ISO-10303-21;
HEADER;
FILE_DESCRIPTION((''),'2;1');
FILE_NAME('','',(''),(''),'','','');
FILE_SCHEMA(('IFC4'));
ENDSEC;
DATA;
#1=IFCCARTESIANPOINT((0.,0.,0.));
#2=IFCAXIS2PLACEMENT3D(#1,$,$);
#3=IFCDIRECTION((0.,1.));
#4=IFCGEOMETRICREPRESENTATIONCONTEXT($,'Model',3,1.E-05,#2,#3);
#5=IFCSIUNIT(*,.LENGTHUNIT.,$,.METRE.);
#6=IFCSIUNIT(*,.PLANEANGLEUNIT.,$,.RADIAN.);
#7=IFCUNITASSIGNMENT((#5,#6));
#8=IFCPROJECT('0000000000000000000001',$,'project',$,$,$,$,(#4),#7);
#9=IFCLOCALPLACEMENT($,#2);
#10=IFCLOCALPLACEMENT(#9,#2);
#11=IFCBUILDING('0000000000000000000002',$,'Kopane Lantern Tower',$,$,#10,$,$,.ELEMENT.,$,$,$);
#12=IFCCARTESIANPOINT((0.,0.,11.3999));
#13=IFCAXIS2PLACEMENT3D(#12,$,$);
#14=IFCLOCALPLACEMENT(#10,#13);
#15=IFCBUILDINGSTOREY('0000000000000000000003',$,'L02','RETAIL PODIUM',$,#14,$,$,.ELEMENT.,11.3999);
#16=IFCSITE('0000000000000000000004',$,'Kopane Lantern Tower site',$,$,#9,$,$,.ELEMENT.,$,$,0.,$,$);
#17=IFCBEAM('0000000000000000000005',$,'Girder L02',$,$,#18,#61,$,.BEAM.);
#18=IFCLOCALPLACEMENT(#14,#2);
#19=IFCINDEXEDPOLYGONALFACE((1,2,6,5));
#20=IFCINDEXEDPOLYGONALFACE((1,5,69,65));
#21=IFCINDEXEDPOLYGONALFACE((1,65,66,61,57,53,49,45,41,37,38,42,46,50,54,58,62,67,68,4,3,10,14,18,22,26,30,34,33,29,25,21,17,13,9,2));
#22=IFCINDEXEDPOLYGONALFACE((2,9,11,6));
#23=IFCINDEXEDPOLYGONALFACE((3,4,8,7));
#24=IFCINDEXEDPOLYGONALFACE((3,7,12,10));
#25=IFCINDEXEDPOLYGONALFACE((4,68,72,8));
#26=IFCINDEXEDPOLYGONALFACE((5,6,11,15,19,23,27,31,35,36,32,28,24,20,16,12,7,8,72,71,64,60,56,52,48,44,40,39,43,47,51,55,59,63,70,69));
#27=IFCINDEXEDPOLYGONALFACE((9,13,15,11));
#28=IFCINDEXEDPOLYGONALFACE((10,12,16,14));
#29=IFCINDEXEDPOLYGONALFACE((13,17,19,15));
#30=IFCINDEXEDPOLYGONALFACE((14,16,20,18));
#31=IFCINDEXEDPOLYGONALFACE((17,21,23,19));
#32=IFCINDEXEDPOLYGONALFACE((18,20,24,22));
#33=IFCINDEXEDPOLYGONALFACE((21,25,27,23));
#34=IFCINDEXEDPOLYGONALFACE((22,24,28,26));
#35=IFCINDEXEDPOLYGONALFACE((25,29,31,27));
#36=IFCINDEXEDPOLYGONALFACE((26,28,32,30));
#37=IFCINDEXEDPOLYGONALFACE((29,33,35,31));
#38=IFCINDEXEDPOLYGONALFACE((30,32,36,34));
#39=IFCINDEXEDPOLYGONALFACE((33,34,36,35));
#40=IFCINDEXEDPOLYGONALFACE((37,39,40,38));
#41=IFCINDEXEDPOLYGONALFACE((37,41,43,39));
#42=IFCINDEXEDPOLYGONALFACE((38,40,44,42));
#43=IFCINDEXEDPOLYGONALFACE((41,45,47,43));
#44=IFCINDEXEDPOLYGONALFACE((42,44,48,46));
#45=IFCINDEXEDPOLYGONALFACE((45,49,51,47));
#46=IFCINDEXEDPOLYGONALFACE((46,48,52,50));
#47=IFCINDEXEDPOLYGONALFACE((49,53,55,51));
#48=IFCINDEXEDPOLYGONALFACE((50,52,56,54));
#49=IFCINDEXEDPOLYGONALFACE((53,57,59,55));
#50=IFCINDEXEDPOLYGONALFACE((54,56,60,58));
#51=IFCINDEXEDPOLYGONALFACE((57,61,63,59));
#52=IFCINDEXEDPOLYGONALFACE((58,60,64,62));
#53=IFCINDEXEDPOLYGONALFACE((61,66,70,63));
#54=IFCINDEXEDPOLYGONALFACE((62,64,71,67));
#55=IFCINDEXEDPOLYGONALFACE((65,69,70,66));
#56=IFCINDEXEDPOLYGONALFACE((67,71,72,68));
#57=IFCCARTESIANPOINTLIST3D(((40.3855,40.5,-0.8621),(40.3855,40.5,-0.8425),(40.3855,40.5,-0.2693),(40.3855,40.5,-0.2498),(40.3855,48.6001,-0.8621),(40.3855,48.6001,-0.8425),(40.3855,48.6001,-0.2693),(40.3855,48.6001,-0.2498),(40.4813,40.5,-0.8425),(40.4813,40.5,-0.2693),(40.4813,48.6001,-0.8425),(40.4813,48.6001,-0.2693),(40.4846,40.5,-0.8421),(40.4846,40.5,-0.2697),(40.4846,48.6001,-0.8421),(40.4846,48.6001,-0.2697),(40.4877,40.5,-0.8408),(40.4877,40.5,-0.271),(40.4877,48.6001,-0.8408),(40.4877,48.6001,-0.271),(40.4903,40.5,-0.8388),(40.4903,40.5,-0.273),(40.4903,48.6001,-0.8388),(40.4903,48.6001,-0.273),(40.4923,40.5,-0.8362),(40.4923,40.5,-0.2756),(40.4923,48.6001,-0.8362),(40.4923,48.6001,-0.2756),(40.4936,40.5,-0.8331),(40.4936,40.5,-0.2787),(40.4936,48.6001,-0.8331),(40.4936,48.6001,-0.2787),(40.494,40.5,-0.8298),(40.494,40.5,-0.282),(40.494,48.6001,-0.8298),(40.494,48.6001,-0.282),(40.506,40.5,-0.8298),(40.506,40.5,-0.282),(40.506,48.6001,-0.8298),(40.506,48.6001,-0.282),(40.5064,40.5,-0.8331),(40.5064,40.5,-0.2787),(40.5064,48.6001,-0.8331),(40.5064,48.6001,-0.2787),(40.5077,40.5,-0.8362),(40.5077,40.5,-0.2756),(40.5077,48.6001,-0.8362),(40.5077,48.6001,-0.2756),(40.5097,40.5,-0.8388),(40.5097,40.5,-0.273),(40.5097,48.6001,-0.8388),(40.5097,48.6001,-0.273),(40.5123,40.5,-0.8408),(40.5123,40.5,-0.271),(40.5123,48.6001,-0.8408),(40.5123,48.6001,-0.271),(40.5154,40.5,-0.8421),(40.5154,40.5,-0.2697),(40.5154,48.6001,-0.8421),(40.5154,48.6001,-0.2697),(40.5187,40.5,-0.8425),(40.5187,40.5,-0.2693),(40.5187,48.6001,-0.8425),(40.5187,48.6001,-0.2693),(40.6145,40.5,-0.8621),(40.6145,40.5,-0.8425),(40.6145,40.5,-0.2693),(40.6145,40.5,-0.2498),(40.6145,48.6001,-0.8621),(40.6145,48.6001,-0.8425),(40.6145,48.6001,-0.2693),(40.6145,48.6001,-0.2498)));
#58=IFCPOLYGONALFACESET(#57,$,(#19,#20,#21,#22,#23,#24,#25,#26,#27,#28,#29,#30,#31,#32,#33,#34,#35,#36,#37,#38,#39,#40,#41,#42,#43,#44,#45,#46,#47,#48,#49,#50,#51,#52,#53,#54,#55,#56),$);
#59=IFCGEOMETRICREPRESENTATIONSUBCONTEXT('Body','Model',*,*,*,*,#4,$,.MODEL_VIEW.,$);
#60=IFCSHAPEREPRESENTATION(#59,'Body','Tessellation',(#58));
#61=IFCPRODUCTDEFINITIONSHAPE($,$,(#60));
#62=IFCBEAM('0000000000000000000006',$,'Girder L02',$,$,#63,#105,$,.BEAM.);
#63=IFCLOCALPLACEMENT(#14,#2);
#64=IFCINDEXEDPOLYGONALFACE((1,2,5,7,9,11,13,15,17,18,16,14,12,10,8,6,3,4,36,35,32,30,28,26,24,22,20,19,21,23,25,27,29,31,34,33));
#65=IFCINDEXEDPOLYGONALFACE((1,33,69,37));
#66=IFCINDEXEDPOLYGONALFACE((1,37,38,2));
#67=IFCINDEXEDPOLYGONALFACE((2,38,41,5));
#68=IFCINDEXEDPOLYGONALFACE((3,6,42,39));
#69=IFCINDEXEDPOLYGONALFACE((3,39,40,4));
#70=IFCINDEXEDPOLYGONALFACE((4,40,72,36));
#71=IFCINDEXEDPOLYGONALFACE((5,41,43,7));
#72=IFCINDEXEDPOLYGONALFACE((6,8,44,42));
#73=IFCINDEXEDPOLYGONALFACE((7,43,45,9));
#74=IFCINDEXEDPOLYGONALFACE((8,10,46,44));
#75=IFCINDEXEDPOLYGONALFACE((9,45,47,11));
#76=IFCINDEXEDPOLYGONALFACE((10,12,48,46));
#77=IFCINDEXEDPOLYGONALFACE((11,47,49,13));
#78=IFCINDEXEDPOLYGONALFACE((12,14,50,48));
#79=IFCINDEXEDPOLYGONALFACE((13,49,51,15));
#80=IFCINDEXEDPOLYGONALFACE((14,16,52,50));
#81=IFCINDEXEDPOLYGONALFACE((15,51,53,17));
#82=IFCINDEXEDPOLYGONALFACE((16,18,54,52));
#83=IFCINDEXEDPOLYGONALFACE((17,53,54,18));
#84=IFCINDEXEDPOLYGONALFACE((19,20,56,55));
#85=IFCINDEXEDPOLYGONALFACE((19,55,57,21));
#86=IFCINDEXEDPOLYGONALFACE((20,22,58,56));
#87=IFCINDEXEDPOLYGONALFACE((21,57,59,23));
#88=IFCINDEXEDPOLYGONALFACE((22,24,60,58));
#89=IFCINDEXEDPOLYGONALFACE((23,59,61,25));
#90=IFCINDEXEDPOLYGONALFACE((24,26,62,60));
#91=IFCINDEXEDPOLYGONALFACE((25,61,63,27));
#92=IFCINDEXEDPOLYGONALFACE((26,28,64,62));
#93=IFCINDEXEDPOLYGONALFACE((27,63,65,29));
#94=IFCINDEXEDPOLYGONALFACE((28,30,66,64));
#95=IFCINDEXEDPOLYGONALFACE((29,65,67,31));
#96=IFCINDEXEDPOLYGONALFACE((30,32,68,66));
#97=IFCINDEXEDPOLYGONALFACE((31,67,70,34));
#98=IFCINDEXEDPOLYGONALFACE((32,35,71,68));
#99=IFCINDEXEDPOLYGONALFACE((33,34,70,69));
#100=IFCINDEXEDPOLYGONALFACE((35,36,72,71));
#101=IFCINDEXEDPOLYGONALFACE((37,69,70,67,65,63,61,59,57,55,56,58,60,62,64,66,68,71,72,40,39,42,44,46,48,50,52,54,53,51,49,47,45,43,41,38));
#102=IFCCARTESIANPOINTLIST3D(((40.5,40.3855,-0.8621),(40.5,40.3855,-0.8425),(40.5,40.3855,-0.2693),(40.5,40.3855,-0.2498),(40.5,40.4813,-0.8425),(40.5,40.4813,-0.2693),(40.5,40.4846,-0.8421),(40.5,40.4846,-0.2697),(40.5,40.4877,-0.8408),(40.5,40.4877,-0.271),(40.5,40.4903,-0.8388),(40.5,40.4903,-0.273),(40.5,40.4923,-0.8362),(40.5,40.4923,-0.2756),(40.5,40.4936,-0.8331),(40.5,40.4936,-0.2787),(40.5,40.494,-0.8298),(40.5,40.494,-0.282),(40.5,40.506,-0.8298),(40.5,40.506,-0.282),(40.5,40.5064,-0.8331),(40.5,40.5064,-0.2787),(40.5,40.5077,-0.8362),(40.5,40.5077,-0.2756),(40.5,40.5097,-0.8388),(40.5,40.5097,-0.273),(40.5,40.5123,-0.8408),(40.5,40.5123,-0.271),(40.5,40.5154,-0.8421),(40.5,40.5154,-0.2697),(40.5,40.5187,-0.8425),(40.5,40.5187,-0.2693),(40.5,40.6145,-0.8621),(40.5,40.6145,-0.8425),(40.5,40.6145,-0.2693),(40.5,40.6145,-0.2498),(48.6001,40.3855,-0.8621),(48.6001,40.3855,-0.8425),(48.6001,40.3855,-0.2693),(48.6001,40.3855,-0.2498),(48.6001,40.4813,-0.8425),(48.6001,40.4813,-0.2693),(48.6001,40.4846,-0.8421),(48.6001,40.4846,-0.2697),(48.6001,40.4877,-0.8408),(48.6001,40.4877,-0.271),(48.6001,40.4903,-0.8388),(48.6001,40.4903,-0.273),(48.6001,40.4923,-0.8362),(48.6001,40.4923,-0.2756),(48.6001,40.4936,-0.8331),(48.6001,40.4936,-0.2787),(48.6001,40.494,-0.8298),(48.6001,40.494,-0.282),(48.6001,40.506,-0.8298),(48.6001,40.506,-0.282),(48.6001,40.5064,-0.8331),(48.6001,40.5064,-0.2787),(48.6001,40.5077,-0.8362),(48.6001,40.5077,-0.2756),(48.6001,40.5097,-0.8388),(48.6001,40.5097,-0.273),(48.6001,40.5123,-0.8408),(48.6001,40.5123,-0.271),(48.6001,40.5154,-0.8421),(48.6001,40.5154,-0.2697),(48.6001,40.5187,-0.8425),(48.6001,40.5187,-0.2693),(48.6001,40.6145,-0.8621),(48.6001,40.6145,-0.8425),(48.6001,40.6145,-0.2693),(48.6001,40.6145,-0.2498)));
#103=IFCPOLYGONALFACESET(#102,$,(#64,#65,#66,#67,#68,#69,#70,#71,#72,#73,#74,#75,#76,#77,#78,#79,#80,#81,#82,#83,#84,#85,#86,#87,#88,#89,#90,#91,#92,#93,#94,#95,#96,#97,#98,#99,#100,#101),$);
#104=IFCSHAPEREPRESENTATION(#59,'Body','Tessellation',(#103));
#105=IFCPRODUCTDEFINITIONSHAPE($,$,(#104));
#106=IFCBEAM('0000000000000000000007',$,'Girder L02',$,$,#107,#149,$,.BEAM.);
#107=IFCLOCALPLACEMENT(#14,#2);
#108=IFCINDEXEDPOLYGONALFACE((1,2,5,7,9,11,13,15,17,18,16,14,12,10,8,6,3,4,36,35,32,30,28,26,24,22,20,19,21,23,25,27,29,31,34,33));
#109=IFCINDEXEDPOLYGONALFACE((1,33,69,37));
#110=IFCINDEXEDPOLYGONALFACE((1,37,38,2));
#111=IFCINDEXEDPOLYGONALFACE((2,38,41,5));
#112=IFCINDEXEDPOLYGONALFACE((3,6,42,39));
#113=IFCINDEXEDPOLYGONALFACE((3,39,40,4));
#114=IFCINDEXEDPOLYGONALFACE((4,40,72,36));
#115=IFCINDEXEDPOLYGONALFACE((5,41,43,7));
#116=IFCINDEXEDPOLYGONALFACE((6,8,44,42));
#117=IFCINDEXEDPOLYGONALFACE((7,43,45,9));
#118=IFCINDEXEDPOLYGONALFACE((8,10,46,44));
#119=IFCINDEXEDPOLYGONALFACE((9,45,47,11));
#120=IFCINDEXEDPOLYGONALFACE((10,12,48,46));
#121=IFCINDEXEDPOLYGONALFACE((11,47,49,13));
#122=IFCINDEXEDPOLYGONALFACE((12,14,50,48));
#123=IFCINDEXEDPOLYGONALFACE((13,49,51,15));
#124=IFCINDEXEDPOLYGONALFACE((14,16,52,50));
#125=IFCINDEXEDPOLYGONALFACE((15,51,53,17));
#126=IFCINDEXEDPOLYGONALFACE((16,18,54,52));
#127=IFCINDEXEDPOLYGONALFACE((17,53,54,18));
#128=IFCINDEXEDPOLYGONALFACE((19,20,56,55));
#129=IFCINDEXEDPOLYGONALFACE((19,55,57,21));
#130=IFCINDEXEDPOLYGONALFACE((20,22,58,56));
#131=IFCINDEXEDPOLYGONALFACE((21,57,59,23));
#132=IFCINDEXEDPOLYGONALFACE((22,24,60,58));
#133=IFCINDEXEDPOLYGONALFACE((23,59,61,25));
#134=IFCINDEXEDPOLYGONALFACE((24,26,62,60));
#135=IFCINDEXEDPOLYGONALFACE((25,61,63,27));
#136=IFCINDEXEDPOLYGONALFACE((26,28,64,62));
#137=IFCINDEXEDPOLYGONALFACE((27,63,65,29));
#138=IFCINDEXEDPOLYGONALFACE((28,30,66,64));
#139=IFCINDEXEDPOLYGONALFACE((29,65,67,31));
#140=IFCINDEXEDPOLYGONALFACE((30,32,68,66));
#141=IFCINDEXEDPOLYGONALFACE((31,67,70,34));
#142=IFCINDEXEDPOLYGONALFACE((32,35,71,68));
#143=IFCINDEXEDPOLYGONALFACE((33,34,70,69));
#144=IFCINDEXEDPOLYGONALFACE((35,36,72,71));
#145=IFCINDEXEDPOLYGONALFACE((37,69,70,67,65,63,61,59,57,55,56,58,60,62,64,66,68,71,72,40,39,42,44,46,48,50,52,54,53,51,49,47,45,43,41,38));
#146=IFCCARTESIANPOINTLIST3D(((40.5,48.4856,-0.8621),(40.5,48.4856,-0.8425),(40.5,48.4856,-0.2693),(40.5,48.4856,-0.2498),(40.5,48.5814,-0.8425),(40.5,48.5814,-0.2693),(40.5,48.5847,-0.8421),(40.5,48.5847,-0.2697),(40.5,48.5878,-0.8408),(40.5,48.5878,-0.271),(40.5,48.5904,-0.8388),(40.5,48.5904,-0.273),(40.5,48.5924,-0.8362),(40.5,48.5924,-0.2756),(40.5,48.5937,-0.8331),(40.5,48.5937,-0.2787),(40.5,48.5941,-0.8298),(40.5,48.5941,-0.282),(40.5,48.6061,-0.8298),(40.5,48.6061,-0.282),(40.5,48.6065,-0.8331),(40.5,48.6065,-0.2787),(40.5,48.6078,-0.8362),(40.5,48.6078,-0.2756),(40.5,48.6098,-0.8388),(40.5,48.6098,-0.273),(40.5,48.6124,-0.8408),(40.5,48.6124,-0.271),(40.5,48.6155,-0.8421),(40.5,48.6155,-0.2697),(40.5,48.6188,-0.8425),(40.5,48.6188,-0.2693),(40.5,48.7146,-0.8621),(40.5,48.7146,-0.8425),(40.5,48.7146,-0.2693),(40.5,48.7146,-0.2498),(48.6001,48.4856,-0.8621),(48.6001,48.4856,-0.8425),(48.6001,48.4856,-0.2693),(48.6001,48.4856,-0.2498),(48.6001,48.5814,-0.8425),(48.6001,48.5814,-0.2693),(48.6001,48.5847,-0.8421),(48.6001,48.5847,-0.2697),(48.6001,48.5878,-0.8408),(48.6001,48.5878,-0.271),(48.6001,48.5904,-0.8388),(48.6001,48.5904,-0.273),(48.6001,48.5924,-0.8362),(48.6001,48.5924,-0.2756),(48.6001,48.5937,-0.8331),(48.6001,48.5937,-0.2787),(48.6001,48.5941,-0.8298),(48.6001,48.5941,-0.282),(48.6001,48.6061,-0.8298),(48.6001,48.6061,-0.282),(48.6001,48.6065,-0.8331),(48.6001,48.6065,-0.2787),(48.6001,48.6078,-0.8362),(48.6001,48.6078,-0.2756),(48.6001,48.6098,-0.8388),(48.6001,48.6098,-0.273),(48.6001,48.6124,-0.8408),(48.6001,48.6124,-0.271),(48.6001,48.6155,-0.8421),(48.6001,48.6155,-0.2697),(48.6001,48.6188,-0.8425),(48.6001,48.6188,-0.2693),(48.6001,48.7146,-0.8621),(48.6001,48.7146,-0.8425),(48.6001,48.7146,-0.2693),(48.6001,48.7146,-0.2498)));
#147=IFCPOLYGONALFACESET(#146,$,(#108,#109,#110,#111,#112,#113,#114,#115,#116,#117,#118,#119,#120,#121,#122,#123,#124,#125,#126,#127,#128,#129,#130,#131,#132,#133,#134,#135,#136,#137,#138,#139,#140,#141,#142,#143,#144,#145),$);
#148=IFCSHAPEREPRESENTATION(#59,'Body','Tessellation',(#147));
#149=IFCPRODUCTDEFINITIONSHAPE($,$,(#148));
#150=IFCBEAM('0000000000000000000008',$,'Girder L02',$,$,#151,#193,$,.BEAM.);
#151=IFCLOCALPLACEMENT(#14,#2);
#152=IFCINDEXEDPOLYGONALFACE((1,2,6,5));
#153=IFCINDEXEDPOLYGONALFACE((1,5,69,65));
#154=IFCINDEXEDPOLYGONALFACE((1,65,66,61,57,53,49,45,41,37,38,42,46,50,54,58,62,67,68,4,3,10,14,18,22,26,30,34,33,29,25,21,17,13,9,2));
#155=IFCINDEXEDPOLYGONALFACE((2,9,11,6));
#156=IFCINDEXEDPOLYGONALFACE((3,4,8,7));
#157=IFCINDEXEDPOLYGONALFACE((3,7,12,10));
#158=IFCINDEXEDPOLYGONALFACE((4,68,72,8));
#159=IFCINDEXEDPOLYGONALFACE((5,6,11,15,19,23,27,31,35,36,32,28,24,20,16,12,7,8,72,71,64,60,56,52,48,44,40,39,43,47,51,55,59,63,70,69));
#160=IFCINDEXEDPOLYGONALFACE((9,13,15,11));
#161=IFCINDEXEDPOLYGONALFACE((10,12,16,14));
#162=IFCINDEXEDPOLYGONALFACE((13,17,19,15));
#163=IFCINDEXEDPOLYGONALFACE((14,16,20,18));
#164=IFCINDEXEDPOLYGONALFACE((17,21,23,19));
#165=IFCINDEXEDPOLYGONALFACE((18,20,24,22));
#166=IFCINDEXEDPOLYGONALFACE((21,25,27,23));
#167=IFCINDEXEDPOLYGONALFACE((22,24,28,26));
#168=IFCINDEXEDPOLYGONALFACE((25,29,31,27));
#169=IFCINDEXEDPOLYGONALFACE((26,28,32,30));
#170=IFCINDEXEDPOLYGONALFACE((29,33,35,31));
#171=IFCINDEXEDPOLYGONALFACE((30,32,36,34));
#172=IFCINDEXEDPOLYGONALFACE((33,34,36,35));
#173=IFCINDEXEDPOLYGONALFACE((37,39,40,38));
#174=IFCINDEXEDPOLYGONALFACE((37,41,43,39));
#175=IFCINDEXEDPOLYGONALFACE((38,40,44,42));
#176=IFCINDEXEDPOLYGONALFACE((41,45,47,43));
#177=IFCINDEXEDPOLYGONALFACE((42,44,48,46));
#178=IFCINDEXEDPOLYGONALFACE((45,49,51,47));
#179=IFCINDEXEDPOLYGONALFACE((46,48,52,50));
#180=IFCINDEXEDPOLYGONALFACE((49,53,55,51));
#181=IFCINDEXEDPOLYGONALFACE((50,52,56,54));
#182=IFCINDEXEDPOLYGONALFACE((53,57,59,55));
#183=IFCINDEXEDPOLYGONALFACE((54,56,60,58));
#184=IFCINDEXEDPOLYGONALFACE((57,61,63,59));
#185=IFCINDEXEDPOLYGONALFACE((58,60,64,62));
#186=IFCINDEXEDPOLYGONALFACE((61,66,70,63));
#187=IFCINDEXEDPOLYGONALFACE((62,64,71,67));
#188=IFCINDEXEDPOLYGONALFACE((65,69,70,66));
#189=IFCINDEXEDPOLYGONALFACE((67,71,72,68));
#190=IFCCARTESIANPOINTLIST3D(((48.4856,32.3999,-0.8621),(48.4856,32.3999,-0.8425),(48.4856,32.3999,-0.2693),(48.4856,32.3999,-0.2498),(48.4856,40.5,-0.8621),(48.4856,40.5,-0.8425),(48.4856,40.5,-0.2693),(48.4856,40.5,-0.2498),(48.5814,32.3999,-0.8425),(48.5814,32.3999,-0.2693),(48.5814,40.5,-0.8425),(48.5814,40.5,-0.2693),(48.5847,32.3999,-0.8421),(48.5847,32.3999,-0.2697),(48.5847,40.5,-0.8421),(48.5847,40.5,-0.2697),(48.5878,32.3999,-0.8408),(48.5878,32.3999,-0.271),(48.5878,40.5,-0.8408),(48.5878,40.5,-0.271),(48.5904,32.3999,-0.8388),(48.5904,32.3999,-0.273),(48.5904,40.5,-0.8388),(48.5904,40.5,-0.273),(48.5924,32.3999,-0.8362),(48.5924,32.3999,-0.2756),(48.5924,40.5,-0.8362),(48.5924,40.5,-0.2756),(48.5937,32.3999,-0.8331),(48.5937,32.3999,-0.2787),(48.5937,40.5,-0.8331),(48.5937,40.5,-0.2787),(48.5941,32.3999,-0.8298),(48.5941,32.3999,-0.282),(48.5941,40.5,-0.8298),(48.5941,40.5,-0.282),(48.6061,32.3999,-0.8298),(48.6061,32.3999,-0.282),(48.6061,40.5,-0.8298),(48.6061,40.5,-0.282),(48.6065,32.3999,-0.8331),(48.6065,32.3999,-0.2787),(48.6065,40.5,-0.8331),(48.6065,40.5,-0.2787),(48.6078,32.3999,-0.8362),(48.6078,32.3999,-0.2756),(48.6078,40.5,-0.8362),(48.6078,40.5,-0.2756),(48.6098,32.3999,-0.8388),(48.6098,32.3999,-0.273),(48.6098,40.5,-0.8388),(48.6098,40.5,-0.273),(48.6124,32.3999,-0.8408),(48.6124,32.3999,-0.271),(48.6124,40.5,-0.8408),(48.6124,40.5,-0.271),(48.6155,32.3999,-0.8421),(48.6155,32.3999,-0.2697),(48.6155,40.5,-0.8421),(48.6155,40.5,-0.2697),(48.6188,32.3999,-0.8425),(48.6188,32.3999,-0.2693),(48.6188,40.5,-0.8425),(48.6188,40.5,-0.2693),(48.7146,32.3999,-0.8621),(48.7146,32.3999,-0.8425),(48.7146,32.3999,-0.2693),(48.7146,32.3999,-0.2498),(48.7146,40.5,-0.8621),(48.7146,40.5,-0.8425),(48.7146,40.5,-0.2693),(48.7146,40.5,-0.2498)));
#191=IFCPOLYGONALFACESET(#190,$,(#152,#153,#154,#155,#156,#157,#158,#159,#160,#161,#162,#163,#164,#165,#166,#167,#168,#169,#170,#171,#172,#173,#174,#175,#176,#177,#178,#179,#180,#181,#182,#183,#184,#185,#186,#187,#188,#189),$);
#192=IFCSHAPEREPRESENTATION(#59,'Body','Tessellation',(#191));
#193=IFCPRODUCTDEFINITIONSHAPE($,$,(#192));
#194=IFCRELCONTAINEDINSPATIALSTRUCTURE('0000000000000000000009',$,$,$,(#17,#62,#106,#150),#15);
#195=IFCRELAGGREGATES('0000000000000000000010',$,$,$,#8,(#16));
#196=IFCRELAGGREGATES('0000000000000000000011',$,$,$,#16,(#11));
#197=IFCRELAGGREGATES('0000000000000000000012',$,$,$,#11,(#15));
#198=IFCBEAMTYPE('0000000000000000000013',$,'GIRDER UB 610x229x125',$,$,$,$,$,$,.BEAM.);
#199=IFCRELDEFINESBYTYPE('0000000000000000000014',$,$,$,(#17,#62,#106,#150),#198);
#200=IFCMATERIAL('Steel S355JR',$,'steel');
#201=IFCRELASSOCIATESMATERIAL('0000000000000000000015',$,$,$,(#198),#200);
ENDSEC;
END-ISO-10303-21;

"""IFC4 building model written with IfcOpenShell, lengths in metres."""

from ifc_helpers import new_model, si_unit, direction, frame, origin, origin_2d, place, context, subcontext, project, spatial, i_section, extrude, material, material_profile, profile_set, type_object, element, save


model = new_model("IFC4")

# Units and contexts
model_context = context("Model", 3, precision=1e-05, world=origin(), true_north=direction((0.0, 1.0)))
body_context = subcontext(model_context, "Body", "Model", "MODEL_VIEW")
ifc_project = project(units=[si_unit("LENGTHUNIT", "METRE"), si_unit("PLANEANGLEUNIT", "RADIAN")], contexts=[model_context])

# Site, building, storey
site_placement = place(None, origin())
site = spatial("IfcSite", under=ifc_project, at=site_placement, Name="Kopane Lantern Tower site", CompositionType="ELEMENT", RefElevation=0.0)
building_placement = place(site_placement, origin())
building = spatial("IfcBuilding", under=site, at=building_placement, Name="Kopane Lantern Tower", CompositionType="ELEMENT")
storey_placement = place(building_placement, frame((0.0, 0.0, 11.3999)))
storey = spatial("IfcBuildingStorey", under=building, at=storey_placement, Name="L02", Description="RETAIL PODIUM", CompositionType="ELEMENT", Elevation=11.3999)

# Beams
ifc_material_1 = material(Name="Steel S355JR", Category="steel")
ifc_material_profile_1 = material_profile(ifc_material_1, i_section(OverallWidth=0.229, OverallDepth=0.6123, WebThickness=0.012, FlangeThickness=0.0195, FilletRadius=0.0127, at=origin_2d()), Name="UB 610x229x125")
ifc_profile_set_1 = profile_set([ifc_material_profile_1], Name="Steel S355JR")
beam_type = type_object("IfcBeamType", Name="GIRDER UB 610x229x125", PredefinedType="BEAM", material=ifc_profile_set_1)
for number, where, z_axis, x_axis, name in (
    (1, (40.5, 40.5, -0.5559), (0.0, 1.0, 0.0), (-1.0, 0.0, 0.0), "Girder L02"),
    (2, (40.5, 40.5, -0.5559), (1.0, 0.0, 0.0), (0.0, 1.0, 0.0), "Girder L02"),
    (3, (40.5, 48.6001, -0.5559), (1.0, 0.0, 0.0), (0.0, 1.0, 0.0), "Girder L02"),
    (4, (48.6001, 32.3999, -0.5559), (0.0, 1.0, 0.0), (-1.0, 0.0, 0.0), "Girder L02"),
):
    element("IfcBeam", number, at=place(storey_placement, frame(where, z_axis=z_axis, x_axis=x_axis)), inside=storey, type_object=beam_type, Name=name, PredefinedType="BEAM", context=body_context, shape_type="SweptSolid", body=[
        extrude(i_section(OverallWidth=0.229, OverallDepth=0.6123, WebThickness=0.012, FlangeThickness=0.0195, FilletRadius=0.0127, at=origin_2d()), origin(), (0.0, 0.0, 1.0), 8.1001),
    ])

save(model, "model.ifc")
